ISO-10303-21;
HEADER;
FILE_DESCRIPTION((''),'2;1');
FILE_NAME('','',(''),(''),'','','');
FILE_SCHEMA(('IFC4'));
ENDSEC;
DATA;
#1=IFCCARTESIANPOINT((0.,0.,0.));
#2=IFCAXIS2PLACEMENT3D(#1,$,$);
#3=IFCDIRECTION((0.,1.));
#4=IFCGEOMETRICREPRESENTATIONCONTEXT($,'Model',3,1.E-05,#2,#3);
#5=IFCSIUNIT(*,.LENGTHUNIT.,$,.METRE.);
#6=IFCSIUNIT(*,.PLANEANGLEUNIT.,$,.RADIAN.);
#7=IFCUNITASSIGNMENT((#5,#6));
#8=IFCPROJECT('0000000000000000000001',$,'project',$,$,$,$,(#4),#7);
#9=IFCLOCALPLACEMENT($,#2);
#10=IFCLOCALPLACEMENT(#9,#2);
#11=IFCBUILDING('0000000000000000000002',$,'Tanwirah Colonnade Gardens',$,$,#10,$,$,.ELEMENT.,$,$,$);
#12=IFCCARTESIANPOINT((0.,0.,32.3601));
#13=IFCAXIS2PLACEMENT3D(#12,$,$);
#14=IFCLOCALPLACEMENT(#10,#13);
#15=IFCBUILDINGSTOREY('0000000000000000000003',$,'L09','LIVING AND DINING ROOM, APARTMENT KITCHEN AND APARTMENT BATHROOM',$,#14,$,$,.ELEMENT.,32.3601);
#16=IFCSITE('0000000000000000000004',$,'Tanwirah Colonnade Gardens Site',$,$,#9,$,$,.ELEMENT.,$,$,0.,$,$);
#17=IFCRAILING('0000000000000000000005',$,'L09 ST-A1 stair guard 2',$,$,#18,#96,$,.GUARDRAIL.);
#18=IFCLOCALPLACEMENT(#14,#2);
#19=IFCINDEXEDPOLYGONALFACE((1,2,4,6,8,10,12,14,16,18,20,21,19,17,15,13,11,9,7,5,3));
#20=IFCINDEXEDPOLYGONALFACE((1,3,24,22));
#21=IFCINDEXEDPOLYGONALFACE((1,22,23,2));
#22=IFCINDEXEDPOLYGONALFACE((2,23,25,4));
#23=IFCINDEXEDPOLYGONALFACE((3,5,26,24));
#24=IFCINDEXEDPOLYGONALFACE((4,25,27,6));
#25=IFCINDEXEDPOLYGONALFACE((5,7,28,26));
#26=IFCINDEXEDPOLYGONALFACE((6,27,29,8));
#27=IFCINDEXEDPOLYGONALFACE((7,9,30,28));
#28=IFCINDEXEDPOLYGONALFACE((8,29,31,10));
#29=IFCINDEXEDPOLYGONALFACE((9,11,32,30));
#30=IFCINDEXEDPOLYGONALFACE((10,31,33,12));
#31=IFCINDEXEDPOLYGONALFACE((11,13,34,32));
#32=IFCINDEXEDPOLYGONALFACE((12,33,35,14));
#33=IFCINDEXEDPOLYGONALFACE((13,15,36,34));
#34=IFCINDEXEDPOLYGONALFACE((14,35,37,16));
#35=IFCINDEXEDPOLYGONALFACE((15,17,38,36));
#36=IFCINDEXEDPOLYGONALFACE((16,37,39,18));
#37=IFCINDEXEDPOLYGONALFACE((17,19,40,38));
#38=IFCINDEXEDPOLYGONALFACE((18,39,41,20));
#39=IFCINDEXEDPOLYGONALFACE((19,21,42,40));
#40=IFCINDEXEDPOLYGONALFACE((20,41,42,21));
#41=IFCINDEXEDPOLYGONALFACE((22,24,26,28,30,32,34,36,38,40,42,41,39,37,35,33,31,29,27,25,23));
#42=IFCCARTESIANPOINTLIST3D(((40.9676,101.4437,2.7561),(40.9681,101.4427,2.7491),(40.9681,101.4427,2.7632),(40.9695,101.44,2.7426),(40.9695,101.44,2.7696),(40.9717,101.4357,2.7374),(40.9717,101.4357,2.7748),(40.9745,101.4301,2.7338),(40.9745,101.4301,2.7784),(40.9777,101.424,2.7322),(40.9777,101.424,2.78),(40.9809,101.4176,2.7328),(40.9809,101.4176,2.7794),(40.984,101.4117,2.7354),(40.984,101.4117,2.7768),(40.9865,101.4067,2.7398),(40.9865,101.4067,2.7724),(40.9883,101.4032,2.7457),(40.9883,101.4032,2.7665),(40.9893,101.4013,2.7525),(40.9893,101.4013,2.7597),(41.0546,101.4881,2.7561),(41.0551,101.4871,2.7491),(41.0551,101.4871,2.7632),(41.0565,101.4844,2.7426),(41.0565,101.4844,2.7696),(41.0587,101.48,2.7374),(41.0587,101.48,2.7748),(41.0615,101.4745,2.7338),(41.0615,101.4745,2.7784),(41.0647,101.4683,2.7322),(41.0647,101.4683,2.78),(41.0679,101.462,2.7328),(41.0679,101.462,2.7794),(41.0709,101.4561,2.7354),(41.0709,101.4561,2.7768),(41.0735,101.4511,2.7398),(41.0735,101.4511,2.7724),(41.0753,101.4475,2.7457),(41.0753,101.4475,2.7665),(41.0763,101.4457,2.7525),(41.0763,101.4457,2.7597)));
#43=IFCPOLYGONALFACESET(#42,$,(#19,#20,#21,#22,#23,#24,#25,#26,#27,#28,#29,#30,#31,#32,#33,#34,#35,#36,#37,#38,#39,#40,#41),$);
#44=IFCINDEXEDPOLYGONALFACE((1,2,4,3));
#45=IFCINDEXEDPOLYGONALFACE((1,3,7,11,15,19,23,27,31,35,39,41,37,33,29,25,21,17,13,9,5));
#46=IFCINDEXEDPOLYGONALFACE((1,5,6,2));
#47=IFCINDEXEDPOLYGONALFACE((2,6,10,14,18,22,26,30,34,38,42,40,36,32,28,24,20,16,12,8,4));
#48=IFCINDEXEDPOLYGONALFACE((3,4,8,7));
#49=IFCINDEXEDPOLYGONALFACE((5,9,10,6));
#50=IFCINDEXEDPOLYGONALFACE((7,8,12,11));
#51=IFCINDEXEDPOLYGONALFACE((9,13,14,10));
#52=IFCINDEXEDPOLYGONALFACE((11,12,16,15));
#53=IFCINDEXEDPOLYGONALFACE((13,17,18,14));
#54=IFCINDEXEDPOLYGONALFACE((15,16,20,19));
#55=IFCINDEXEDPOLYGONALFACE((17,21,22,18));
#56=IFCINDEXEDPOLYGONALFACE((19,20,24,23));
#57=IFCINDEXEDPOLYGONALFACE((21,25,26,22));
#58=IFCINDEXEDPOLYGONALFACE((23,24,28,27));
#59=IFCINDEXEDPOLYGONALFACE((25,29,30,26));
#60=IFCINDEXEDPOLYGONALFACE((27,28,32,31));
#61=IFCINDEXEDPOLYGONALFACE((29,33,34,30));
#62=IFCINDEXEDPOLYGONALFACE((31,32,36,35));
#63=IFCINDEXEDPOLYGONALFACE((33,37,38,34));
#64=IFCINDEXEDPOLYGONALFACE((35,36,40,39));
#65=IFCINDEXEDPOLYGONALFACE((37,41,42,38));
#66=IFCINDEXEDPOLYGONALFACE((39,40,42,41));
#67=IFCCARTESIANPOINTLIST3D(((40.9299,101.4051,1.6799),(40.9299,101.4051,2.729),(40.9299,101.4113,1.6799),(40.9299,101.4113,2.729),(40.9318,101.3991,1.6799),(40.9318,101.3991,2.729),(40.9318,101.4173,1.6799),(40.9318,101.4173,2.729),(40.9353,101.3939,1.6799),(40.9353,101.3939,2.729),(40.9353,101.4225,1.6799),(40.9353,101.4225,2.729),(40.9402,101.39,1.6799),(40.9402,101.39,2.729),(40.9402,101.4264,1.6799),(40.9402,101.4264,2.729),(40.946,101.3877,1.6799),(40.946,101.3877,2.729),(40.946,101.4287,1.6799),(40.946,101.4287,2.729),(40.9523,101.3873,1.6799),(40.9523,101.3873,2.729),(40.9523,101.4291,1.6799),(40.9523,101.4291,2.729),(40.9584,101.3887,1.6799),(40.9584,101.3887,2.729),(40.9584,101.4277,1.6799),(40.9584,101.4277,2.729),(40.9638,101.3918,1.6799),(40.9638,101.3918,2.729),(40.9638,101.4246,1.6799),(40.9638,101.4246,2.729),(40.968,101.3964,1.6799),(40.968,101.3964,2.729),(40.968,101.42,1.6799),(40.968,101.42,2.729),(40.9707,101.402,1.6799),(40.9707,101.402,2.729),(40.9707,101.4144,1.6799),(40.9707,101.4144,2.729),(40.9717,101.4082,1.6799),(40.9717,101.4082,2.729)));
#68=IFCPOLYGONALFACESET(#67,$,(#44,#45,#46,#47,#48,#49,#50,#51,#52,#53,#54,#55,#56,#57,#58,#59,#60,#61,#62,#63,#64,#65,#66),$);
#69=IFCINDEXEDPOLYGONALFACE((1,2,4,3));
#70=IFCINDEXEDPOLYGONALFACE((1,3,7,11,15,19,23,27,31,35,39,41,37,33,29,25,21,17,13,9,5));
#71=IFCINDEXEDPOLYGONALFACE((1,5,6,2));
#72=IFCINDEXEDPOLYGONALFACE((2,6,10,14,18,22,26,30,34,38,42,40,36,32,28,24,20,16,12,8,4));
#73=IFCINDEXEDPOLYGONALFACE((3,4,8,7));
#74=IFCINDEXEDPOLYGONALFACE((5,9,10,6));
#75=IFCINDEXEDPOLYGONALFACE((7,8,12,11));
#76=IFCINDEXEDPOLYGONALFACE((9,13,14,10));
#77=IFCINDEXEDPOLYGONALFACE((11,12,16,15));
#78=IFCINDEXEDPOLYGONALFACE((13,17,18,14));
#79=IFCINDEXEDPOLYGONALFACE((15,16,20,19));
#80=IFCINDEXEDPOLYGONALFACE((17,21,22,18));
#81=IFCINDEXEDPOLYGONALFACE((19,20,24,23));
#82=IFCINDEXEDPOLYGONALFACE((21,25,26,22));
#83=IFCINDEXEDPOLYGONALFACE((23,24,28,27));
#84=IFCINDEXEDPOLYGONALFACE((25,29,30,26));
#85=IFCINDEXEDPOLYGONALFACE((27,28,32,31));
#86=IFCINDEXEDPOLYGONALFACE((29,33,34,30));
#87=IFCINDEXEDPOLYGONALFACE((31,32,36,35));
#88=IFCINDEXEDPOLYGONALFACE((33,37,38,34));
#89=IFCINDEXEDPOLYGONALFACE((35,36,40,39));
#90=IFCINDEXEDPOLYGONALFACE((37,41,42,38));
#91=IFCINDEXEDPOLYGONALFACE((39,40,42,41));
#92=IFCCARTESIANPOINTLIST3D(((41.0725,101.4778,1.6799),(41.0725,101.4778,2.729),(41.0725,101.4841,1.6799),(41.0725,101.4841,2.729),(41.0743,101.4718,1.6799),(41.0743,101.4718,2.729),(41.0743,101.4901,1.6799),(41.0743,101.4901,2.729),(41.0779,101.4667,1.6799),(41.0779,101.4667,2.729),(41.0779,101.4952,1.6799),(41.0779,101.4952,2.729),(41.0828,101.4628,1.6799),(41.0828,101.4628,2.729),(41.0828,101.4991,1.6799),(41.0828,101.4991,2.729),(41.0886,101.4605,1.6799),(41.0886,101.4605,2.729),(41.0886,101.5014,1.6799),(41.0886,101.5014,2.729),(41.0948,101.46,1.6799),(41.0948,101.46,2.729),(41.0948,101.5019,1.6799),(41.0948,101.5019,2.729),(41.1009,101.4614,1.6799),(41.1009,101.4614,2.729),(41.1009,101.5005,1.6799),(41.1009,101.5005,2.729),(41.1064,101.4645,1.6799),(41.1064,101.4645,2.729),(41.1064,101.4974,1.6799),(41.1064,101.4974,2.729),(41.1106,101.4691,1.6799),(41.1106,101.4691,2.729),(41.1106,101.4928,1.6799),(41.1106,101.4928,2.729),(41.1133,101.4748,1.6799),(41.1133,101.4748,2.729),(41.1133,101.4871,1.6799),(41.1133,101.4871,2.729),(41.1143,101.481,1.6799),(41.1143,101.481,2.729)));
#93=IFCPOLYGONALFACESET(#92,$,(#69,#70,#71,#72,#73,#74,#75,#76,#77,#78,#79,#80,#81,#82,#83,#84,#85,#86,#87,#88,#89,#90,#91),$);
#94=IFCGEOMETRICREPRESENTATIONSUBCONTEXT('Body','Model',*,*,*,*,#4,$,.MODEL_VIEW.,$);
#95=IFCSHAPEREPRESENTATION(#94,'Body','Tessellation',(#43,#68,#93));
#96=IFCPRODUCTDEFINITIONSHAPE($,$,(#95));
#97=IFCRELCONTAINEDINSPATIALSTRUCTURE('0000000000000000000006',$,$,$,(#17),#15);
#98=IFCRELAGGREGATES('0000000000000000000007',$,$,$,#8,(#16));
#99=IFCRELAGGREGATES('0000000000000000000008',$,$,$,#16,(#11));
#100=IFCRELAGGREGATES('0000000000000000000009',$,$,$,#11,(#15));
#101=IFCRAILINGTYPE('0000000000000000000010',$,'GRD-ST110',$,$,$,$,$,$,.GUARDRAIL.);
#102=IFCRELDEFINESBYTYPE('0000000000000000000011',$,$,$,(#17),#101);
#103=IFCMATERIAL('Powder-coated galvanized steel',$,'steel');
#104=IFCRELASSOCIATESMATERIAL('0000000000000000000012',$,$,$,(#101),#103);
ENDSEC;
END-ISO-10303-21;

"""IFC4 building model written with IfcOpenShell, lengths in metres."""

from ifc_helpers import new_model, si_unit, direction, frame, origin, origin_2d, place, context, subcontext, project, spatial, circle, extrude, material, type_object, element, save


model = new_model("IFC4")

# Units and contexts
model_context = context("Model", 3, precision=1e-05, world=origin(), true_north=direction((0.0, 1.0)))
body_context = subcontext(model_context, "Body", "Model", "MODEL_VIEW")
ifc_project = project(units=[si_unit("LENGTHUNIT", "METRE"), si_unit("PLANEANGLEUNIT", "RADIAN")], contexts=[model_context])

# Site, building, storey
site_placement = place(None, origin())
site = spatial("IfcSite", under=ifc_project, at=site_placement, Name="Tanwirah Colonnade Gardens Site", CompositionType="ELEMENT", RefElevation=0.0)
building_placement = place(site_placement, origin())
building = spatial("IfcBuilding", under=site, at=building_placement, Name="Tanwirah Colonnade Gardens", CompositionType="ELEMENT")
storey_placement = place(building_placement, frame((0.0, 0.0, 32.3601)))
storey = spatial("IfcBuildingStorey", under=building, at=storey_placement, Name="L09", Description="LIVING AND DINING ROOM, APARTMENT KITCHEN AND APARTMENT BATHROOM", CompositionType="ELEMENT", Elevation=32.3601)

# Railing
ifc_material_1 = material(Name="Powder-coated galvanized steel", Category="steel")
railing_type_1 = type_object("IfcRailingType", Name="GRD-ST110", PredefinedType="GUARDRAIL", material=ifc_material_1)
railing_1_placement = place(storey_placement, frame((40.9507, 101.4082, 1.6799)))
element("IfcRailing", 1, at=railing_1_placement, inside=storey, type_object=railing_type_1, Name="L09 ST-A1 stair guard 2", PredefinedType="GUARDRAIL", context=body_context, shape_type="SweptSolid", body=[
    extrude(circle(Radius=0.0239, at=origin_2d()), frame((0.0278, 0.0142, 1.0762), z_axis=(0.890737, 0.45452, 0.0), x_axis=(-0.45452, 0.890737, 0.0)), (0.0, 0.0, 1.0), 0.0977),
    extrude(circle(Radius=0.021, at=origin_2d()), origin(), (0.0, 0.0, 1.0), 1.0491),
    extrude(circle(Radius=0.021, at=origin_2d()), frame((0.1426, 0.0728, 0.0)), (0.0, 0.0, 1.0), 1.0491),
])

save(model, "model.ifc")
